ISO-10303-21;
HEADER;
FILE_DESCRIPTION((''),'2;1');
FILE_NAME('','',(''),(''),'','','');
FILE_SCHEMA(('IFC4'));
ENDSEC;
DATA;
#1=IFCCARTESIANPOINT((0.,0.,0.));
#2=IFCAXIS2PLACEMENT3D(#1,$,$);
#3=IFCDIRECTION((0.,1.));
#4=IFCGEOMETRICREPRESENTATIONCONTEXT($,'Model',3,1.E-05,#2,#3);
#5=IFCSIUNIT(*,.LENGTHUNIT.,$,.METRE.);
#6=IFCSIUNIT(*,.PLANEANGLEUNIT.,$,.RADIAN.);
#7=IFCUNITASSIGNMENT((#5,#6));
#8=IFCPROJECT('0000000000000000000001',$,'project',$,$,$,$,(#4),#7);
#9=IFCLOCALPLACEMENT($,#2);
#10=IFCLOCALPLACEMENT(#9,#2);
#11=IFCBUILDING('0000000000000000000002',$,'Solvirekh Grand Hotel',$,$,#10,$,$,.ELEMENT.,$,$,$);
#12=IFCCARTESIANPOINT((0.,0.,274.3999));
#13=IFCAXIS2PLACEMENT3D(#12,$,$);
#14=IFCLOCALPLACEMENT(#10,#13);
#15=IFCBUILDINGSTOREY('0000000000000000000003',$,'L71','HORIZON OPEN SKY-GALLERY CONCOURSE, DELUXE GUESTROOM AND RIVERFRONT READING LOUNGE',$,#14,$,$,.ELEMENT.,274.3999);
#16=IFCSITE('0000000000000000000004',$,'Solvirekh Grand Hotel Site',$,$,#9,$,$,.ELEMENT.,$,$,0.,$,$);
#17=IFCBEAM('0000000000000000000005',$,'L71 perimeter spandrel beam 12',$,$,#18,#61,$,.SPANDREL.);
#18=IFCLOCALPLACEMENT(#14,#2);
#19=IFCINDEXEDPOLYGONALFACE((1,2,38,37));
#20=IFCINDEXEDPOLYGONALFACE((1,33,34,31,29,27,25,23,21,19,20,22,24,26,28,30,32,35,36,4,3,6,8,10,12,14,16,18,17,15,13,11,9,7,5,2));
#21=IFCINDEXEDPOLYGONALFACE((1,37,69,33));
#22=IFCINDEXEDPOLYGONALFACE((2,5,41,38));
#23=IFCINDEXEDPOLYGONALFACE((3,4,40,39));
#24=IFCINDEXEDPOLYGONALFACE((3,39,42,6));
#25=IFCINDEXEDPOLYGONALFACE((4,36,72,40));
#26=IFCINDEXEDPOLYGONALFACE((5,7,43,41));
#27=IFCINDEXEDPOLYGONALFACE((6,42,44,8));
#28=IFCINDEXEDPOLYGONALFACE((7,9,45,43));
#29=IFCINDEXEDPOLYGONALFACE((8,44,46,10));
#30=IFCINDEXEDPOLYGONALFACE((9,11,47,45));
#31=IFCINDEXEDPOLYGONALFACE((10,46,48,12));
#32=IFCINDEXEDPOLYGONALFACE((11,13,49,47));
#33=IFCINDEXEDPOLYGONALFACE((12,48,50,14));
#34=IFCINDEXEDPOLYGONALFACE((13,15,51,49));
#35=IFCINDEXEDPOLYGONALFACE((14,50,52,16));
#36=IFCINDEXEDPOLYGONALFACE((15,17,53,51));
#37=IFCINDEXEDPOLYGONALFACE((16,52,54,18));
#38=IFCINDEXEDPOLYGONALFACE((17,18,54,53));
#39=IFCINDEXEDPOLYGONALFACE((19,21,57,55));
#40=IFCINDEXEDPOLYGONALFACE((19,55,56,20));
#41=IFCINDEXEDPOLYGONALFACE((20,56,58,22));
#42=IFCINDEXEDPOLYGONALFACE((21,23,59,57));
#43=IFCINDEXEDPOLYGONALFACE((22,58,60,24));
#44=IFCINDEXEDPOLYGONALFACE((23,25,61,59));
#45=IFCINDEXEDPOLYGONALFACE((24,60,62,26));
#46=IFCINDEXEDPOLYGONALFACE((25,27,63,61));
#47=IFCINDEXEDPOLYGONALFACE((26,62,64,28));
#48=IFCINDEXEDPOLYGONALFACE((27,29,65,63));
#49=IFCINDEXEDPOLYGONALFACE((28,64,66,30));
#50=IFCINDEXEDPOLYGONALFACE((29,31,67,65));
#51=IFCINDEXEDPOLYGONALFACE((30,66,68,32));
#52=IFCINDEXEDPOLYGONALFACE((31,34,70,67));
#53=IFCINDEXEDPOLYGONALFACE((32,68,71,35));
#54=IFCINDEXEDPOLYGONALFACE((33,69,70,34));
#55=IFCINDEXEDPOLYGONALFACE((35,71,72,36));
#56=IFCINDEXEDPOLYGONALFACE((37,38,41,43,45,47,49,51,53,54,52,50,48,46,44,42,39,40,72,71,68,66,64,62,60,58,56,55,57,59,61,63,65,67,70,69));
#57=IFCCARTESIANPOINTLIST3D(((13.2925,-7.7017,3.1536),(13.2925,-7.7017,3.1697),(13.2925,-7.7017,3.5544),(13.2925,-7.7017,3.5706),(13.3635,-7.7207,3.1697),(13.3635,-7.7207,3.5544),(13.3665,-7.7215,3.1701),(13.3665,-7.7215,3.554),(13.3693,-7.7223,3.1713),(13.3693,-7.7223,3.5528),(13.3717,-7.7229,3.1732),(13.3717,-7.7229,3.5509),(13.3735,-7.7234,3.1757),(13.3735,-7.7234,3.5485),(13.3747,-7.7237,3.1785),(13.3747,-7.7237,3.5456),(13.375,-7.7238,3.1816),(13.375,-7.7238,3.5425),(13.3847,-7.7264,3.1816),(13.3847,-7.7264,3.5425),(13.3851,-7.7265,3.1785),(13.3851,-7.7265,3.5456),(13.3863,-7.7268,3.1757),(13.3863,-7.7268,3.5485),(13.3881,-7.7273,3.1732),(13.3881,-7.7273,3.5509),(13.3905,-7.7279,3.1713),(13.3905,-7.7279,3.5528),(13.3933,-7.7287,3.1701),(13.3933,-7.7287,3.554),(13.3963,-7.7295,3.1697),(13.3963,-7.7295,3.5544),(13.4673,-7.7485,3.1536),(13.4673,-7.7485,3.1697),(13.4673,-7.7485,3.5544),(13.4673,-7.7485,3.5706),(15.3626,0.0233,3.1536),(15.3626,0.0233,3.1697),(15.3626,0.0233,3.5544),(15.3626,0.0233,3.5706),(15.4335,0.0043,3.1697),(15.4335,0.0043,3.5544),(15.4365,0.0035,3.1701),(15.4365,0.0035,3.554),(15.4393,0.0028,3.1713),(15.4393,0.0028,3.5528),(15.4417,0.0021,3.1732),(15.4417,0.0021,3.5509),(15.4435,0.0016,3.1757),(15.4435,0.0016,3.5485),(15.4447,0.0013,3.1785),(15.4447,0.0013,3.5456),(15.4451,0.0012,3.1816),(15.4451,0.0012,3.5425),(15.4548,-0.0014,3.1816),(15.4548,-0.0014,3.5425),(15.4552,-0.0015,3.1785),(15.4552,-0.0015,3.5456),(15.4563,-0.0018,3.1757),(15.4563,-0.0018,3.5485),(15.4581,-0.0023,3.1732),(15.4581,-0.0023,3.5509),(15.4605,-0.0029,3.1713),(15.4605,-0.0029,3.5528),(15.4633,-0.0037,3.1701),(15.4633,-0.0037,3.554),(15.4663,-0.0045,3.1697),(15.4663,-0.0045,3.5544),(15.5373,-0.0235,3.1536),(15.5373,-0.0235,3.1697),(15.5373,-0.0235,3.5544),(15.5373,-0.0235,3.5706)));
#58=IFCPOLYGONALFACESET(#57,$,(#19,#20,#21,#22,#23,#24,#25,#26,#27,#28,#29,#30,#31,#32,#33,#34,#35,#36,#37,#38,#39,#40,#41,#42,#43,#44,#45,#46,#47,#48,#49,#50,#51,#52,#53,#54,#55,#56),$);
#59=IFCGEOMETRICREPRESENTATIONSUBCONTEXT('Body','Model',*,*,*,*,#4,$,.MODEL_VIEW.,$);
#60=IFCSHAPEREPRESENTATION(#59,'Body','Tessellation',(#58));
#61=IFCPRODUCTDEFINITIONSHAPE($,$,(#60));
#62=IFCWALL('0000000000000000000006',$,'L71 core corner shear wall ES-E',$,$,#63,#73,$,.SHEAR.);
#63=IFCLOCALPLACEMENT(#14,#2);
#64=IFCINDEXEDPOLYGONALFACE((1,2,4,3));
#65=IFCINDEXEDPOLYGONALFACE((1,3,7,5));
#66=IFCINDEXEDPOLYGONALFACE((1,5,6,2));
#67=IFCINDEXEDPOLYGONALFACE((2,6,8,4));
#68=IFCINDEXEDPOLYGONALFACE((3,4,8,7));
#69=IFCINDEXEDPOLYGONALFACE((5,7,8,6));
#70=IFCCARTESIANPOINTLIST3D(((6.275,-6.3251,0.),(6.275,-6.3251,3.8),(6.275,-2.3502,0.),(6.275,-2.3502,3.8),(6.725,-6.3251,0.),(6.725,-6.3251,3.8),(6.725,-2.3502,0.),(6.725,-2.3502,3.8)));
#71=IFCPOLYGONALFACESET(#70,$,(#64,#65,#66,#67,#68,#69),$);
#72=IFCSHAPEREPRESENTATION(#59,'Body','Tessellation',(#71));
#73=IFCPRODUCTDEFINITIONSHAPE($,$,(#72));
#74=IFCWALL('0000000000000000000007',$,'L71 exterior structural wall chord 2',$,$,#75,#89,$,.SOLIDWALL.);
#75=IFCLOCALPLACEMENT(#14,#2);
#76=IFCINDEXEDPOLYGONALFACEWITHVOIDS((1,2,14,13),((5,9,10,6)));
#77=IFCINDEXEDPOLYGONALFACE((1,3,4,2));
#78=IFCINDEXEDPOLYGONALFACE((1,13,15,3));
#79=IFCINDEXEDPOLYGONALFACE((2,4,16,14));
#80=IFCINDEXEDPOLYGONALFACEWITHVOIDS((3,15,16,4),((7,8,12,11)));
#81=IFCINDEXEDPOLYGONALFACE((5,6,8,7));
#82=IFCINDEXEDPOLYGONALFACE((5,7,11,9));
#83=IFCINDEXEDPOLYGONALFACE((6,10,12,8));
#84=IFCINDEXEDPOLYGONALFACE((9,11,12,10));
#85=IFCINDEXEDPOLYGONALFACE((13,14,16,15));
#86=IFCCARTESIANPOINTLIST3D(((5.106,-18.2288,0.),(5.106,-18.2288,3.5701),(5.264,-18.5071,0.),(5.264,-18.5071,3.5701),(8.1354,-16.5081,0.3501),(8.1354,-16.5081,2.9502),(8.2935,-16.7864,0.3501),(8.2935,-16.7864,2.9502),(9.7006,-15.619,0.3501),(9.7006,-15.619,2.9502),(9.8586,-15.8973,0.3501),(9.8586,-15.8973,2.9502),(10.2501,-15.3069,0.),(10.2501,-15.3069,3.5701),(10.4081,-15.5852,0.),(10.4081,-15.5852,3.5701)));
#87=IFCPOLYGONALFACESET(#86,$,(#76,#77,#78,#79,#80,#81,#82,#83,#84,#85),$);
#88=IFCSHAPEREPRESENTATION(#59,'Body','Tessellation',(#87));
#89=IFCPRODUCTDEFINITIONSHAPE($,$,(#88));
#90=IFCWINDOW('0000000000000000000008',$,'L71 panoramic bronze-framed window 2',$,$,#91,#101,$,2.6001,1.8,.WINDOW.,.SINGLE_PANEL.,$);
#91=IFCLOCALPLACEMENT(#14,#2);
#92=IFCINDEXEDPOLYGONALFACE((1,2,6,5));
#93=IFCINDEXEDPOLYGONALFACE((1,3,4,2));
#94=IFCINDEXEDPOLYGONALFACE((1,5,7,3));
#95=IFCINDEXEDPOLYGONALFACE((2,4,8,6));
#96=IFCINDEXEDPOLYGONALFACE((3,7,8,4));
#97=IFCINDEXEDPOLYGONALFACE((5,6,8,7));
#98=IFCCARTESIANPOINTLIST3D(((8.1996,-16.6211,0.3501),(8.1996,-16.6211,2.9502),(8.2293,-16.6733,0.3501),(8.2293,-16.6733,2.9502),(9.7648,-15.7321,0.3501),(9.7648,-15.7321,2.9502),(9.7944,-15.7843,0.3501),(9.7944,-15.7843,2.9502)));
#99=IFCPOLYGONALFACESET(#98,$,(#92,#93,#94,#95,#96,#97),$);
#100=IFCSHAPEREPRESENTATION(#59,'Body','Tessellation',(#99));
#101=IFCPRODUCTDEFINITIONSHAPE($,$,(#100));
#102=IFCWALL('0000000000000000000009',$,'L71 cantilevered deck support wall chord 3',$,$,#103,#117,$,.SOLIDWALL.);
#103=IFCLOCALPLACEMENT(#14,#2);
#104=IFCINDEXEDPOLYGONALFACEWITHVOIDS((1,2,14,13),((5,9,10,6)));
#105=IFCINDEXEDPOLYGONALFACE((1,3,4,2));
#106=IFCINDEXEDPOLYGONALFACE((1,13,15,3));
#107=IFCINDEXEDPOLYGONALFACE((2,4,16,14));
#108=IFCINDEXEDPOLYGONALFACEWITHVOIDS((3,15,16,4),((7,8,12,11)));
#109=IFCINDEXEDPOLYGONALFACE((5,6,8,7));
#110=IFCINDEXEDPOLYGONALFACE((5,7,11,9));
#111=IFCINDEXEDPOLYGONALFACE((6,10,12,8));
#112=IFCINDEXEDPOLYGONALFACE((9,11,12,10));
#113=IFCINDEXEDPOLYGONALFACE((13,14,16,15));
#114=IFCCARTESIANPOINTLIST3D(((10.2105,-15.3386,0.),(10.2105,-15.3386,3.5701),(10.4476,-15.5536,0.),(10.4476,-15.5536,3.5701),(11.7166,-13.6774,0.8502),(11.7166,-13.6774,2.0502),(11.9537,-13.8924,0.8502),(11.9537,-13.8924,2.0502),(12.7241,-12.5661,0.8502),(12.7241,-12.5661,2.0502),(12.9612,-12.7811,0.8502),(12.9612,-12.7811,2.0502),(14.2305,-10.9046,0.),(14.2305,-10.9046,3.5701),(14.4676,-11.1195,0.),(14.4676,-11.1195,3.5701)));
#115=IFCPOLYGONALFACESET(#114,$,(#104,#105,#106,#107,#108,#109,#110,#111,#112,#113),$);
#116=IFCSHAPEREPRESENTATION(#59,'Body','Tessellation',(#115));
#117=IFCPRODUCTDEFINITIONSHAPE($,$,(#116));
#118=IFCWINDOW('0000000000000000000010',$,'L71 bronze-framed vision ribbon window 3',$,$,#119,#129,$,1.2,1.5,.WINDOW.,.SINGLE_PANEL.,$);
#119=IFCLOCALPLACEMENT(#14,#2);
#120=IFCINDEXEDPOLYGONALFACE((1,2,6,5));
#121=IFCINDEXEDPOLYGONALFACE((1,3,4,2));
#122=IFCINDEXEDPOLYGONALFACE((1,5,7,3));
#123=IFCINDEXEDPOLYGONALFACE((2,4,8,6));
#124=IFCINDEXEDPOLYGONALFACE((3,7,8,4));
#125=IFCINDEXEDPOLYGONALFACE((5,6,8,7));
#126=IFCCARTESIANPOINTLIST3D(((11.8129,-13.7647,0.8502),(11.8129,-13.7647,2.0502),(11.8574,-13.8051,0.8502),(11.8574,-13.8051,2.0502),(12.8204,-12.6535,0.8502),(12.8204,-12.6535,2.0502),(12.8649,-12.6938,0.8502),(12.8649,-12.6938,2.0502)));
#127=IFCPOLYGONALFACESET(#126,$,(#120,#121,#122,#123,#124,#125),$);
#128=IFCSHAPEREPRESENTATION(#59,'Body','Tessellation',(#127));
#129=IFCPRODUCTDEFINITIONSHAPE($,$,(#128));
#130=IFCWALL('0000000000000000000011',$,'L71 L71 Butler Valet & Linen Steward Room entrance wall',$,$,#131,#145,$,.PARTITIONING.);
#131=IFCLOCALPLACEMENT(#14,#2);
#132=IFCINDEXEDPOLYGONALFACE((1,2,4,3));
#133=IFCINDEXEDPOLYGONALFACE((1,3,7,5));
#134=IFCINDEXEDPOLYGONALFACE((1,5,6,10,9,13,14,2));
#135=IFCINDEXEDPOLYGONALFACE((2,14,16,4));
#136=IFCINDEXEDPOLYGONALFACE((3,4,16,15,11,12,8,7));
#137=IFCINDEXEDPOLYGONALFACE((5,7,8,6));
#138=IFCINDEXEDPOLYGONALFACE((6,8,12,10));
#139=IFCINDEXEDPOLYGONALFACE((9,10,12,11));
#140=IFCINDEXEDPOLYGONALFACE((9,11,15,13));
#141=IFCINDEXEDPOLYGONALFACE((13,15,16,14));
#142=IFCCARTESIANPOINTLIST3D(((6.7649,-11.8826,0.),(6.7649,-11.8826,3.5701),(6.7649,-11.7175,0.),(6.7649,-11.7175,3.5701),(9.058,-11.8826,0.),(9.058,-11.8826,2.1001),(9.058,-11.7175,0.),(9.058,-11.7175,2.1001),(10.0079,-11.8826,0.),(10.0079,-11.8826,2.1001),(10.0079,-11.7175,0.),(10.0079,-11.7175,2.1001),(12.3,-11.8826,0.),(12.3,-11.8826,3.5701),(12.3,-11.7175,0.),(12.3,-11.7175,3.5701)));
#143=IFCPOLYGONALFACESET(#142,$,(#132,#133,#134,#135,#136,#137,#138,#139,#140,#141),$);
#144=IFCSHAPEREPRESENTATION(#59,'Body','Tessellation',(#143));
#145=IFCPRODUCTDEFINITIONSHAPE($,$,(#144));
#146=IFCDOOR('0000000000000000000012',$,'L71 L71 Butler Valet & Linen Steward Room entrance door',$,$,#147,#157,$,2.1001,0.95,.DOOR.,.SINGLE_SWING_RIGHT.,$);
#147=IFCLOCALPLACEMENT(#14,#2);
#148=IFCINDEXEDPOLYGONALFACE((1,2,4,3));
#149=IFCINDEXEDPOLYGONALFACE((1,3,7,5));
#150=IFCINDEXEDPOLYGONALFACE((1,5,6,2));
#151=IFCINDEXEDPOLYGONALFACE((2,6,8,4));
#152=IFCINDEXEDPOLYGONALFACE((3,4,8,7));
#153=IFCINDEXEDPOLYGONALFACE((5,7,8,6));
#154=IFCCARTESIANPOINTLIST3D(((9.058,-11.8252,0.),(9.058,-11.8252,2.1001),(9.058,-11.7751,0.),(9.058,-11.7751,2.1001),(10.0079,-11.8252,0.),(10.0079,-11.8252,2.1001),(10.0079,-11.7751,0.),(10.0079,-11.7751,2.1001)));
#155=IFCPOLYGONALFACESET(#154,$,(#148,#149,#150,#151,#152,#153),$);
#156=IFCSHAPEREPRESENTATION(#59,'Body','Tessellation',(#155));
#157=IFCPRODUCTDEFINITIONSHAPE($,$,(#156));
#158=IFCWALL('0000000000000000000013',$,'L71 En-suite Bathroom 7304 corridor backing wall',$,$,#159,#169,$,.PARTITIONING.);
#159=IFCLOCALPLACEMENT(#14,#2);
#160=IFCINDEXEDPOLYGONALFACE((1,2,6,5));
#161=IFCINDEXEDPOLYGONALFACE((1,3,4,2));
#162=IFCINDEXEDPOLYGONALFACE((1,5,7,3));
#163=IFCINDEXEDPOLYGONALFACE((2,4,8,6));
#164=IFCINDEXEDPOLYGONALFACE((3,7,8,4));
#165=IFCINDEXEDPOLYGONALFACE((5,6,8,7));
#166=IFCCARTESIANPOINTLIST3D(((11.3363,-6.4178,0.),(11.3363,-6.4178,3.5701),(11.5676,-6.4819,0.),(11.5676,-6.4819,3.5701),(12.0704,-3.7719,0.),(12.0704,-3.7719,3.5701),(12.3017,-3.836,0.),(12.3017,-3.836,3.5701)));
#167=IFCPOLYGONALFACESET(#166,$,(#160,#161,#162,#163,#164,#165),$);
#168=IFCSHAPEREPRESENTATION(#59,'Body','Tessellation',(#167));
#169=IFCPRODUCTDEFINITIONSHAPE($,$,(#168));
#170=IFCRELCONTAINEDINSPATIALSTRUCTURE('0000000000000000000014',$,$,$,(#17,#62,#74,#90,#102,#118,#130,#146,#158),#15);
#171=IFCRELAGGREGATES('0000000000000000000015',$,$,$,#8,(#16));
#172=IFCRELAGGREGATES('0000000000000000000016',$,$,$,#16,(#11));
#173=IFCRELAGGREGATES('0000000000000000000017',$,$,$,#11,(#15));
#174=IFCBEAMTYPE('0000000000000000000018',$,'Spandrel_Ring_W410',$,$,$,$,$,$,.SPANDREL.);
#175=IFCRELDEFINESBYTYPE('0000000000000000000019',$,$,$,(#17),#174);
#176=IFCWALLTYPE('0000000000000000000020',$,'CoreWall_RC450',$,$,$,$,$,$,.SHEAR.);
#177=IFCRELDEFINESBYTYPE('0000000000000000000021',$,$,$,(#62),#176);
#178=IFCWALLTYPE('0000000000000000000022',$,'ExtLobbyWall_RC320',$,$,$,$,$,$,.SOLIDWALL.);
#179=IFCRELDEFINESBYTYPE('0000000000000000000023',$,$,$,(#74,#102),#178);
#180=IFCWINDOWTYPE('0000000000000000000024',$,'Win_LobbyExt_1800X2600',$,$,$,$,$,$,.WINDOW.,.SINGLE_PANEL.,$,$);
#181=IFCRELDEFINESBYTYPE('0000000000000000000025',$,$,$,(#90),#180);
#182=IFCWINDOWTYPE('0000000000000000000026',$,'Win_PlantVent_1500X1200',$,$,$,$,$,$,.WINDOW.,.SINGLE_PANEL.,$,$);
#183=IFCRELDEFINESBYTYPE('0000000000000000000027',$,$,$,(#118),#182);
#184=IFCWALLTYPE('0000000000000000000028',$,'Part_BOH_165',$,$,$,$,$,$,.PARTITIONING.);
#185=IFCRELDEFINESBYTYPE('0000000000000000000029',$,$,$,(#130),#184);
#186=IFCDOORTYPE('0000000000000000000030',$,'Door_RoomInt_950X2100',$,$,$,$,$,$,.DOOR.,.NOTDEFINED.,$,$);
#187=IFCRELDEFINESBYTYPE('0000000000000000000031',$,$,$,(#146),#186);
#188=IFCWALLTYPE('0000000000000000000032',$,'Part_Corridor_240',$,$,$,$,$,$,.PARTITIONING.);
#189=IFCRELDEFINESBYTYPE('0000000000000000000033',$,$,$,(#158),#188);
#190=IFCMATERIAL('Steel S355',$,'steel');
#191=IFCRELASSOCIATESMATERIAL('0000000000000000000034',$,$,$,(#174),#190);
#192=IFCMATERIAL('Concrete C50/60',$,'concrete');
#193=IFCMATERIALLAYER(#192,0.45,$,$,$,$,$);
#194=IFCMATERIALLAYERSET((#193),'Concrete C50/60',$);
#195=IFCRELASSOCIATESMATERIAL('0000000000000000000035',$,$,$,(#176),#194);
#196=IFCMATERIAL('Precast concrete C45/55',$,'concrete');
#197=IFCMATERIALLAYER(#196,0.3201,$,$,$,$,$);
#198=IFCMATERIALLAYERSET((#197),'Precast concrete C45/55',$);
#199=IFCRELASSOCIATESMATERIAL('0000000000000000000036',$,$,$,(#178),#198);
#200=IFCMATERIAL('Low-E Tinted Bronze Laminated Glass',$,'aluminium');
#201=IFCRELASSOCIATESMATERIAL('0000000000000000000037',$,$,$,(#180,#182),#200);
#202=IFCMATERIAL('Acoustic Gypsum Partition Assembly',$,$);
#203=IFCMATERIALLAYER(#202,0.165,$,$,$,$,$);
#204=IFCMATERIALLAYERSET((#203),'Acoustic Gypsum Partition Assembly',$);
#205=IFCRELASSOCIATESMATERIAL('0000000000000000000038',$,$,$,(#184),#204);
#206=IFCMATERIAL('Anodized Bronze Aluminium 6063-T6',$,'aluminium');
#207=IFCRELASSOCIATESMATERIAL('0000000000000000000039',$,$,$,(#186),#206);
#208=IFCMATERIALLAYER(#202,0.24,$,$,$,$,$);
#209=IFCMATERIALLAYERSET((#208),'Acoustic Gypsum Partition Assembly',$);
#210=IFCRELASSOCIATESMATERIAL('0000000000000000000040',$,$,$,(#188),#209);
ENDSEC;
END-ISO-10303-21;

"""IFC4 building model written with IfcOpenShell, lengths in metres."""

from ifc_helpers import new_model, si_unit, direction, frame, frame_2d, origin, origin_2d, place, context, subcontext, project, spatial, rectangle, i_section, extrude, material, layer, layer_set, material_profile, profile_set, type_object, element, fill, save


model = new_model("IFC4")

# Units and contexts
model_context = context("Model", 3, precision=1e-05, world=origin(), true_north=direction((0.0, 1.0)))
body_context = subcontext(model_context, "Body", "Model", "MODEL_VIEW")
ifc_project = project(units=[si_unit("LENGTHUNIT", "METRE"), si_unit("PLANEANGLEUNIT", "RADIAN")], contexts=[model_context])

# Site, building, storey
site_placement = place(None, origin())
site = spatial("IfcSite", under=ifc_project, at=site_placement, Name="Solvirekh Grand Hotel Site", CompositionType="ELEMENT", RefElevation=0.0)
building_placement = place(site_placement, origin())
building = spatial("IfcBuilding", under=site, at=building_placement, Name="Solvirekh Grand Hotel", CompositionType="ELEMENT")
storey_placement = place(building_placement, frame((0.0, 0.0, 274.3999)))
storey = spatial("IfcBuildingStorey", under=building, at=storey_placement, Name="L71", Description="HORIZON OPEN SKY-GALLERY CONCOURSE, DELUXE GUESTROOM AND RIVERFRONT READING LOUNGE", CompositionType="ELEMENT", Elevation=274.3999)

# Shared definitions
ifc_material_1 = material(Name="Concrete C50/60", Category="concrete")

# Beam
ifc_material_2 = material(Name="Steel S355", Category="steel")
ifc_material_profile_1 = material_profile(ifc_material_2, i_section(OverallWidth=0.1809, OverallDepth=0.417, WebThickness=0.01, FlangeThickness=0.0161, FilletRadius=0.012, at=origin_2d()), Name="W410X85")
ifc_profile_set_1 = profile_set([ifc_material_profile_1], Name="Steel S355")
beam_type_1 = type_object("IfcBeamType", Name="Spandrel_Ring_W410", PredefinedType="SPANDREL", material=ifc_profile_set_1)
beam_1_placement = place(storey_placement, frame((13.3799, -7.7251, 3.3621), z_axis=(0.258835, 0.965922, 0.0), x_axis=(-0.965922, 0.258835, 0.0)))
element("IfcBeam", 1, at=beam_1_placement, inside=storey, type_object=beam_type_1, Name="L71 perimeter spandrel beam 12", PredefinedType="SPANDREL", context=body_context, shape_type="SweptSolid", body=[
    extrude(i_section(OverallWidth=0.1809, OverallDepth=0.417, WebThickness=0.01, FlangeThickness=0.0161, FilletRadius=0.012, at=origin_2d()), origin(), (0.0, 0.0, 1.0), 7.9976),
])

# Wall
ifc_layer_1 = layer(ifc_material_1, 0.45)
ifc_layer_set_1 = layer_set([ifc_layer_1], Name="Concrete C50/60")
wall_type_1 = type_object("IfcWallType", Name="CoreWall_RC450", PredefinedType="SHEAR", material=ifc_layer_set_1)
wall_1_placement = place(storey_placement, frame((6.5, -6.325, 0.0), z_axis=(0.0, 0.0, 1.0), x_axis=(0.0, 1.0, 0.0)))
element("IfcWall", 2, at=wall_1_placement, inside=storey, type_object=wall_type_1, Name="L71 core corner shear wall ES-E", PredefinedType="SHEAR", context=body_context, shape_type="SweptSolid", body=[
    extrude(rectangle(XDim=3.9749, YDim=0.45, at=frame_2d((1.9873, 0.0))), origin(), (0.0, 0.0, 1.0), 3.8),
])

# Walls, openings, windows
ifc_material_3 = material(Name="Precast concrete C45/55", Category="concrete")
ifc_layer_2 = layer(ifc_material_3, 0.3201)
ifc_layer_set_2 = layer_set([ifc_layer_2], Name="Precast concrete C45/55")
wall_type_2 = type_object("IfcWallType", Name="ExtLobbyWall_RC320", PredefinedType="SOLIDWALL", material=ifc_layer_set_2)
wall_2_placement = place(storey_placement, frame((10.3291, -15.446, 0.0), z_axis=(0.0, 0.0, 1.0), x_axis=(-0.86952, -0.493897, 0.0)))
wall_2 = element("IfcWall", 3, at=wall_2_placement, inside=storey, type_object=wall_type_2, Name="L71 exterior structural wall chord 2", PredefinedType="SOLIDWALL", context=body_context, shape_type="SweptSolid", body=[
    extrude(rectangle(XDim=5.916, YDim=0.3201, at=frame_2d((2.958, 0.0))), origin(), (0.0, 0.0, 1.0), 3.5701),
])
opening_1_placement = place(wall_2_placement, frame((0.6321, 0.0, 0.3501)))
opening_1 = element("IfcOpeningElement", 4, at=opening_1_placement, cuts=wall_2, PredefinedType="OPENING", context=body_context, shape_type="SweptSolid", body=[
    extrude(rectangle(XDim=1.8, YDim=2.6001, at=frame_2d((0.8999, 1.3))), frame((0.0, 0.1699, 0.0), z_axis=(0.0, -1.0, 0.0), x_axis=(1.0, 0.0, 0.0)), (0.0, 0.0, 1.0), 0.3401),
])
ifc_material_4 = material(Name="Low-E Tinted Bronze Laminated Glass", Category="aluminium")
window_type_1 = type_object("IfcWindowType", Name="Win_LobbyExt_1800X2600", PartitioningType="SINGLE_PANEL", PredefinedType="WINDOW", material=ifc_material_4)
window_1_placement = place(opening_1_placement, origin())
window_1 = element("IfcWindow", 5, at=window_1_placement, inside=storey, type_object=window_type_1, Name="L71 panoramic bronze-framed window 2", OverallHeight=2.6001, OverallWidth=1.8, PartitioningType="SINGLE_PANEL", PredefinedType="WINDOW", context=body_context, shape_type="SweptSolid", body=[
    extrude(rectangle(XDim=1.8, YDim=2.6001, at=frame_2d((0.8999, 1.3))), frame((0.0, 0.03, 0.0), z_axis=(0.0, -1.0, 0.0), x_axis=(1.0, 0.0, 0.0)), (0.0, 0.0, 1.0), 0.0601),
])
fill(opening_1, window_1)
wall_3_placement = place(storey_placement, frame((14.3491, -11.012, 0.0), z_axis=(0.0, 0.0, 1.0), x_axis=(-0.671669, -0.740851, 0.0)))
wall_3 = element("IfcWall", 6, at=wall_3_placement, inside=storey, type_object=wall_type_2, Name="L71 cantilevered deck support wall chord 3", PredefinedType="SOLIDWALL", context=body_context, shape_type="SweptSolid", body=[
    extrude(rectangle(XDim=5.9851, YDim=0.3201, at=frame_2d((2.9927, 0.0))), origin(), (0.0, 0.0, 1.0), 3.5701),
])
opening_2_placement = place(wall_3_placement, frame((2.2429, 0.0, 0.8501)))
opening_2 = element("IfcOpeningElement", 7, at=opening_2_placement, cuts=wall_3, PredefinedType="OPENING", context=body_context, shape_type="SweptSolid", body=[
    extrude(rectangle(XDim=1.5, YDim=1.2, at=frame_2d((0.75, 0.6001))), frame((0.0, 0.1699, 0.0), z_axis=(0.0, -1.0, 0.0), x_axis=(1.0, 0.0, 0.0)), (0.0, 0.0, 1.0), 0.3401),
])
window_type_2 = type_object("IfcWindowType", Name="Win_PlantVent_1500X1200", PartitioningType="SINGLE_PANEL", PredefinedType="WINDOW", material=ifc_material_4)
window_2_placement = place(opening_2_placement, origin())
window_2 = element("IfcWindow", 8, at=window_2_placement, inside=storey, type_object=window_type_2, Name="L71 bronze-framed vision ribbon window 3", OverallHeight=1.2, OverallWidth=1.5, PartitioningType="SINGLE_PANEL", PredefinedType="WINDOW", context=body_context, shape_type="SweptSolid", body=[
    extrude(rectangle(XDim=1.5, YDim=1.2, at=frame_2d((0.75, 0.6001))), frame((0.0, 0.03, 0.0), z_axis=(0.0, -1.0, 0.0), x_axis=(1.0, 0.0, 0.0)), (0.0, 0.0, 1.0), 0.0601),
])
fill(opening_2, window_2)

# Wall, opening, door
ifc_material_5 = material(Name="Acoustic Gypsum Partition Assembly")
ifc_layer_3 = layer(ifc_material_5, 0.165)
ifc_layer_set_3 = layer_set([ifc_layer_3], Name="Acoustic Gypsum Partition Assembly")
wall_type_3 = type_object("IfcWallType", Name="Part_BOH_165", PredefinedType="PARTITIONING", material=ifc_layer_set_3)
wall_4_placement = place(storey_placement, frame((6.7649, -11.8, 0.0), z_axis=(0.0, 0.0, 1.0), x_axis=(1.0, 0.0, 0.0)))
wall_4 = element("IfcWall", 9, at=wall_4_placement, inside=storey, type_object=wall_type_3, Name="L71 L71 Butler Valet & Linen Steward Room entrance wall", PredefinedType="PARTITIONING", context=body_context, shape_type="SweptSolid", body=[
    extrude(rectangle(XDim=5.5352, YDim=0.165, at=frame_2d((2.7676, 0.0))), origin(), (0.0, 0.0, 1.0), 3.5701),
])
opening_3_placement = place(wall_4_placement, frame((2.293, 0.0, 0.0)))
opening_3 = element("IfcOpeningElement", 10, at=opening_3_placement, cuts=wall_4, PredefinedType="OPENING", context=body_context, shape_type="SweptSolid", body=[
    extrude(rectangle(XDim=0.95, YDim=2.1001, at=frame_2d((0.4751, 1.05))), frame((0.0, 0.0925, 0.0), z_axis=(0.0, -1.0, 0.0), x_axis=(1.0, 0.0, 0.0)), (0.0, 0.0, 1.0), 0.1851),
])
ifc_material_6 = material(Name="Anodized Bronze Aluminium 6063-T6", Category="aluminium")
door_type = type_object("IfcDoorType", Name="Door_RoomInt_950X2100", OperationType="NOTDEFINED", PredefinedType="DOOR", material=ifc_material_6)
door_placement = place(opening_3_placement, origin())
door = element("IfcDoor", 11, at=door_placement, inside=storey, type_object=door_type, Name="L71 L71 Butler Valet & Linen Steward Room entrance door", OperationType="SINGLE_SWING_RIGHT", OverallHeight=2.1001, OverallWidth=0.95, PredefinedType="DOOR", context=body_context, shape_type="SweptSolid", body=[
    extrude(rectangle(XDim=0.95, YDim=2.1001, at=frame_2d((0.4751, 1.05))), frame((0.0, 0.0249, 0.0), z_axis=(0.0, -1.0, 0.0), x_axis=(1.0, 0.0, 0.0)), (0.0, 0.0, 1.0), 0.05),
])
fill(opening_3, door)

# Wall
ifc_layer_4 = layer(ifc_material_5, 0.24)
ifc_layer_set_4 = layer_set([ifc_layer_4], Name="Acoustic Gypsum Partition Assembly")
wall_type_4 = type_object("IfcWallType", Name="Part_Corridor_240", PredefinedType="PARTITIONING", material=ifc_layer_set_4)
wall_5_placement = place(storey_placement, frame((11.4519, -6.45, 0.0), z_axis=(0.0, 0.0, 1.0), x_axis=(0.26735, 0.963599, 0.0)))
element("IfcWall", 12, at=wall_5_placement, inside=storey, type_object=wall_type_4, Name="L71 En-suite Bathroom 7304 corridor backing wall", PredefinedType="PARTITIONING", context=body_context, shape_type="SweptSolid", body=[
    extrude(rectangle(XDim=2.7458, YDim=0.24, at=frame_2d((1.373, 0.0))), origin(), (0.0, 0.0, 1.0), 3.5701),
])

save(model, "model.ifc")
